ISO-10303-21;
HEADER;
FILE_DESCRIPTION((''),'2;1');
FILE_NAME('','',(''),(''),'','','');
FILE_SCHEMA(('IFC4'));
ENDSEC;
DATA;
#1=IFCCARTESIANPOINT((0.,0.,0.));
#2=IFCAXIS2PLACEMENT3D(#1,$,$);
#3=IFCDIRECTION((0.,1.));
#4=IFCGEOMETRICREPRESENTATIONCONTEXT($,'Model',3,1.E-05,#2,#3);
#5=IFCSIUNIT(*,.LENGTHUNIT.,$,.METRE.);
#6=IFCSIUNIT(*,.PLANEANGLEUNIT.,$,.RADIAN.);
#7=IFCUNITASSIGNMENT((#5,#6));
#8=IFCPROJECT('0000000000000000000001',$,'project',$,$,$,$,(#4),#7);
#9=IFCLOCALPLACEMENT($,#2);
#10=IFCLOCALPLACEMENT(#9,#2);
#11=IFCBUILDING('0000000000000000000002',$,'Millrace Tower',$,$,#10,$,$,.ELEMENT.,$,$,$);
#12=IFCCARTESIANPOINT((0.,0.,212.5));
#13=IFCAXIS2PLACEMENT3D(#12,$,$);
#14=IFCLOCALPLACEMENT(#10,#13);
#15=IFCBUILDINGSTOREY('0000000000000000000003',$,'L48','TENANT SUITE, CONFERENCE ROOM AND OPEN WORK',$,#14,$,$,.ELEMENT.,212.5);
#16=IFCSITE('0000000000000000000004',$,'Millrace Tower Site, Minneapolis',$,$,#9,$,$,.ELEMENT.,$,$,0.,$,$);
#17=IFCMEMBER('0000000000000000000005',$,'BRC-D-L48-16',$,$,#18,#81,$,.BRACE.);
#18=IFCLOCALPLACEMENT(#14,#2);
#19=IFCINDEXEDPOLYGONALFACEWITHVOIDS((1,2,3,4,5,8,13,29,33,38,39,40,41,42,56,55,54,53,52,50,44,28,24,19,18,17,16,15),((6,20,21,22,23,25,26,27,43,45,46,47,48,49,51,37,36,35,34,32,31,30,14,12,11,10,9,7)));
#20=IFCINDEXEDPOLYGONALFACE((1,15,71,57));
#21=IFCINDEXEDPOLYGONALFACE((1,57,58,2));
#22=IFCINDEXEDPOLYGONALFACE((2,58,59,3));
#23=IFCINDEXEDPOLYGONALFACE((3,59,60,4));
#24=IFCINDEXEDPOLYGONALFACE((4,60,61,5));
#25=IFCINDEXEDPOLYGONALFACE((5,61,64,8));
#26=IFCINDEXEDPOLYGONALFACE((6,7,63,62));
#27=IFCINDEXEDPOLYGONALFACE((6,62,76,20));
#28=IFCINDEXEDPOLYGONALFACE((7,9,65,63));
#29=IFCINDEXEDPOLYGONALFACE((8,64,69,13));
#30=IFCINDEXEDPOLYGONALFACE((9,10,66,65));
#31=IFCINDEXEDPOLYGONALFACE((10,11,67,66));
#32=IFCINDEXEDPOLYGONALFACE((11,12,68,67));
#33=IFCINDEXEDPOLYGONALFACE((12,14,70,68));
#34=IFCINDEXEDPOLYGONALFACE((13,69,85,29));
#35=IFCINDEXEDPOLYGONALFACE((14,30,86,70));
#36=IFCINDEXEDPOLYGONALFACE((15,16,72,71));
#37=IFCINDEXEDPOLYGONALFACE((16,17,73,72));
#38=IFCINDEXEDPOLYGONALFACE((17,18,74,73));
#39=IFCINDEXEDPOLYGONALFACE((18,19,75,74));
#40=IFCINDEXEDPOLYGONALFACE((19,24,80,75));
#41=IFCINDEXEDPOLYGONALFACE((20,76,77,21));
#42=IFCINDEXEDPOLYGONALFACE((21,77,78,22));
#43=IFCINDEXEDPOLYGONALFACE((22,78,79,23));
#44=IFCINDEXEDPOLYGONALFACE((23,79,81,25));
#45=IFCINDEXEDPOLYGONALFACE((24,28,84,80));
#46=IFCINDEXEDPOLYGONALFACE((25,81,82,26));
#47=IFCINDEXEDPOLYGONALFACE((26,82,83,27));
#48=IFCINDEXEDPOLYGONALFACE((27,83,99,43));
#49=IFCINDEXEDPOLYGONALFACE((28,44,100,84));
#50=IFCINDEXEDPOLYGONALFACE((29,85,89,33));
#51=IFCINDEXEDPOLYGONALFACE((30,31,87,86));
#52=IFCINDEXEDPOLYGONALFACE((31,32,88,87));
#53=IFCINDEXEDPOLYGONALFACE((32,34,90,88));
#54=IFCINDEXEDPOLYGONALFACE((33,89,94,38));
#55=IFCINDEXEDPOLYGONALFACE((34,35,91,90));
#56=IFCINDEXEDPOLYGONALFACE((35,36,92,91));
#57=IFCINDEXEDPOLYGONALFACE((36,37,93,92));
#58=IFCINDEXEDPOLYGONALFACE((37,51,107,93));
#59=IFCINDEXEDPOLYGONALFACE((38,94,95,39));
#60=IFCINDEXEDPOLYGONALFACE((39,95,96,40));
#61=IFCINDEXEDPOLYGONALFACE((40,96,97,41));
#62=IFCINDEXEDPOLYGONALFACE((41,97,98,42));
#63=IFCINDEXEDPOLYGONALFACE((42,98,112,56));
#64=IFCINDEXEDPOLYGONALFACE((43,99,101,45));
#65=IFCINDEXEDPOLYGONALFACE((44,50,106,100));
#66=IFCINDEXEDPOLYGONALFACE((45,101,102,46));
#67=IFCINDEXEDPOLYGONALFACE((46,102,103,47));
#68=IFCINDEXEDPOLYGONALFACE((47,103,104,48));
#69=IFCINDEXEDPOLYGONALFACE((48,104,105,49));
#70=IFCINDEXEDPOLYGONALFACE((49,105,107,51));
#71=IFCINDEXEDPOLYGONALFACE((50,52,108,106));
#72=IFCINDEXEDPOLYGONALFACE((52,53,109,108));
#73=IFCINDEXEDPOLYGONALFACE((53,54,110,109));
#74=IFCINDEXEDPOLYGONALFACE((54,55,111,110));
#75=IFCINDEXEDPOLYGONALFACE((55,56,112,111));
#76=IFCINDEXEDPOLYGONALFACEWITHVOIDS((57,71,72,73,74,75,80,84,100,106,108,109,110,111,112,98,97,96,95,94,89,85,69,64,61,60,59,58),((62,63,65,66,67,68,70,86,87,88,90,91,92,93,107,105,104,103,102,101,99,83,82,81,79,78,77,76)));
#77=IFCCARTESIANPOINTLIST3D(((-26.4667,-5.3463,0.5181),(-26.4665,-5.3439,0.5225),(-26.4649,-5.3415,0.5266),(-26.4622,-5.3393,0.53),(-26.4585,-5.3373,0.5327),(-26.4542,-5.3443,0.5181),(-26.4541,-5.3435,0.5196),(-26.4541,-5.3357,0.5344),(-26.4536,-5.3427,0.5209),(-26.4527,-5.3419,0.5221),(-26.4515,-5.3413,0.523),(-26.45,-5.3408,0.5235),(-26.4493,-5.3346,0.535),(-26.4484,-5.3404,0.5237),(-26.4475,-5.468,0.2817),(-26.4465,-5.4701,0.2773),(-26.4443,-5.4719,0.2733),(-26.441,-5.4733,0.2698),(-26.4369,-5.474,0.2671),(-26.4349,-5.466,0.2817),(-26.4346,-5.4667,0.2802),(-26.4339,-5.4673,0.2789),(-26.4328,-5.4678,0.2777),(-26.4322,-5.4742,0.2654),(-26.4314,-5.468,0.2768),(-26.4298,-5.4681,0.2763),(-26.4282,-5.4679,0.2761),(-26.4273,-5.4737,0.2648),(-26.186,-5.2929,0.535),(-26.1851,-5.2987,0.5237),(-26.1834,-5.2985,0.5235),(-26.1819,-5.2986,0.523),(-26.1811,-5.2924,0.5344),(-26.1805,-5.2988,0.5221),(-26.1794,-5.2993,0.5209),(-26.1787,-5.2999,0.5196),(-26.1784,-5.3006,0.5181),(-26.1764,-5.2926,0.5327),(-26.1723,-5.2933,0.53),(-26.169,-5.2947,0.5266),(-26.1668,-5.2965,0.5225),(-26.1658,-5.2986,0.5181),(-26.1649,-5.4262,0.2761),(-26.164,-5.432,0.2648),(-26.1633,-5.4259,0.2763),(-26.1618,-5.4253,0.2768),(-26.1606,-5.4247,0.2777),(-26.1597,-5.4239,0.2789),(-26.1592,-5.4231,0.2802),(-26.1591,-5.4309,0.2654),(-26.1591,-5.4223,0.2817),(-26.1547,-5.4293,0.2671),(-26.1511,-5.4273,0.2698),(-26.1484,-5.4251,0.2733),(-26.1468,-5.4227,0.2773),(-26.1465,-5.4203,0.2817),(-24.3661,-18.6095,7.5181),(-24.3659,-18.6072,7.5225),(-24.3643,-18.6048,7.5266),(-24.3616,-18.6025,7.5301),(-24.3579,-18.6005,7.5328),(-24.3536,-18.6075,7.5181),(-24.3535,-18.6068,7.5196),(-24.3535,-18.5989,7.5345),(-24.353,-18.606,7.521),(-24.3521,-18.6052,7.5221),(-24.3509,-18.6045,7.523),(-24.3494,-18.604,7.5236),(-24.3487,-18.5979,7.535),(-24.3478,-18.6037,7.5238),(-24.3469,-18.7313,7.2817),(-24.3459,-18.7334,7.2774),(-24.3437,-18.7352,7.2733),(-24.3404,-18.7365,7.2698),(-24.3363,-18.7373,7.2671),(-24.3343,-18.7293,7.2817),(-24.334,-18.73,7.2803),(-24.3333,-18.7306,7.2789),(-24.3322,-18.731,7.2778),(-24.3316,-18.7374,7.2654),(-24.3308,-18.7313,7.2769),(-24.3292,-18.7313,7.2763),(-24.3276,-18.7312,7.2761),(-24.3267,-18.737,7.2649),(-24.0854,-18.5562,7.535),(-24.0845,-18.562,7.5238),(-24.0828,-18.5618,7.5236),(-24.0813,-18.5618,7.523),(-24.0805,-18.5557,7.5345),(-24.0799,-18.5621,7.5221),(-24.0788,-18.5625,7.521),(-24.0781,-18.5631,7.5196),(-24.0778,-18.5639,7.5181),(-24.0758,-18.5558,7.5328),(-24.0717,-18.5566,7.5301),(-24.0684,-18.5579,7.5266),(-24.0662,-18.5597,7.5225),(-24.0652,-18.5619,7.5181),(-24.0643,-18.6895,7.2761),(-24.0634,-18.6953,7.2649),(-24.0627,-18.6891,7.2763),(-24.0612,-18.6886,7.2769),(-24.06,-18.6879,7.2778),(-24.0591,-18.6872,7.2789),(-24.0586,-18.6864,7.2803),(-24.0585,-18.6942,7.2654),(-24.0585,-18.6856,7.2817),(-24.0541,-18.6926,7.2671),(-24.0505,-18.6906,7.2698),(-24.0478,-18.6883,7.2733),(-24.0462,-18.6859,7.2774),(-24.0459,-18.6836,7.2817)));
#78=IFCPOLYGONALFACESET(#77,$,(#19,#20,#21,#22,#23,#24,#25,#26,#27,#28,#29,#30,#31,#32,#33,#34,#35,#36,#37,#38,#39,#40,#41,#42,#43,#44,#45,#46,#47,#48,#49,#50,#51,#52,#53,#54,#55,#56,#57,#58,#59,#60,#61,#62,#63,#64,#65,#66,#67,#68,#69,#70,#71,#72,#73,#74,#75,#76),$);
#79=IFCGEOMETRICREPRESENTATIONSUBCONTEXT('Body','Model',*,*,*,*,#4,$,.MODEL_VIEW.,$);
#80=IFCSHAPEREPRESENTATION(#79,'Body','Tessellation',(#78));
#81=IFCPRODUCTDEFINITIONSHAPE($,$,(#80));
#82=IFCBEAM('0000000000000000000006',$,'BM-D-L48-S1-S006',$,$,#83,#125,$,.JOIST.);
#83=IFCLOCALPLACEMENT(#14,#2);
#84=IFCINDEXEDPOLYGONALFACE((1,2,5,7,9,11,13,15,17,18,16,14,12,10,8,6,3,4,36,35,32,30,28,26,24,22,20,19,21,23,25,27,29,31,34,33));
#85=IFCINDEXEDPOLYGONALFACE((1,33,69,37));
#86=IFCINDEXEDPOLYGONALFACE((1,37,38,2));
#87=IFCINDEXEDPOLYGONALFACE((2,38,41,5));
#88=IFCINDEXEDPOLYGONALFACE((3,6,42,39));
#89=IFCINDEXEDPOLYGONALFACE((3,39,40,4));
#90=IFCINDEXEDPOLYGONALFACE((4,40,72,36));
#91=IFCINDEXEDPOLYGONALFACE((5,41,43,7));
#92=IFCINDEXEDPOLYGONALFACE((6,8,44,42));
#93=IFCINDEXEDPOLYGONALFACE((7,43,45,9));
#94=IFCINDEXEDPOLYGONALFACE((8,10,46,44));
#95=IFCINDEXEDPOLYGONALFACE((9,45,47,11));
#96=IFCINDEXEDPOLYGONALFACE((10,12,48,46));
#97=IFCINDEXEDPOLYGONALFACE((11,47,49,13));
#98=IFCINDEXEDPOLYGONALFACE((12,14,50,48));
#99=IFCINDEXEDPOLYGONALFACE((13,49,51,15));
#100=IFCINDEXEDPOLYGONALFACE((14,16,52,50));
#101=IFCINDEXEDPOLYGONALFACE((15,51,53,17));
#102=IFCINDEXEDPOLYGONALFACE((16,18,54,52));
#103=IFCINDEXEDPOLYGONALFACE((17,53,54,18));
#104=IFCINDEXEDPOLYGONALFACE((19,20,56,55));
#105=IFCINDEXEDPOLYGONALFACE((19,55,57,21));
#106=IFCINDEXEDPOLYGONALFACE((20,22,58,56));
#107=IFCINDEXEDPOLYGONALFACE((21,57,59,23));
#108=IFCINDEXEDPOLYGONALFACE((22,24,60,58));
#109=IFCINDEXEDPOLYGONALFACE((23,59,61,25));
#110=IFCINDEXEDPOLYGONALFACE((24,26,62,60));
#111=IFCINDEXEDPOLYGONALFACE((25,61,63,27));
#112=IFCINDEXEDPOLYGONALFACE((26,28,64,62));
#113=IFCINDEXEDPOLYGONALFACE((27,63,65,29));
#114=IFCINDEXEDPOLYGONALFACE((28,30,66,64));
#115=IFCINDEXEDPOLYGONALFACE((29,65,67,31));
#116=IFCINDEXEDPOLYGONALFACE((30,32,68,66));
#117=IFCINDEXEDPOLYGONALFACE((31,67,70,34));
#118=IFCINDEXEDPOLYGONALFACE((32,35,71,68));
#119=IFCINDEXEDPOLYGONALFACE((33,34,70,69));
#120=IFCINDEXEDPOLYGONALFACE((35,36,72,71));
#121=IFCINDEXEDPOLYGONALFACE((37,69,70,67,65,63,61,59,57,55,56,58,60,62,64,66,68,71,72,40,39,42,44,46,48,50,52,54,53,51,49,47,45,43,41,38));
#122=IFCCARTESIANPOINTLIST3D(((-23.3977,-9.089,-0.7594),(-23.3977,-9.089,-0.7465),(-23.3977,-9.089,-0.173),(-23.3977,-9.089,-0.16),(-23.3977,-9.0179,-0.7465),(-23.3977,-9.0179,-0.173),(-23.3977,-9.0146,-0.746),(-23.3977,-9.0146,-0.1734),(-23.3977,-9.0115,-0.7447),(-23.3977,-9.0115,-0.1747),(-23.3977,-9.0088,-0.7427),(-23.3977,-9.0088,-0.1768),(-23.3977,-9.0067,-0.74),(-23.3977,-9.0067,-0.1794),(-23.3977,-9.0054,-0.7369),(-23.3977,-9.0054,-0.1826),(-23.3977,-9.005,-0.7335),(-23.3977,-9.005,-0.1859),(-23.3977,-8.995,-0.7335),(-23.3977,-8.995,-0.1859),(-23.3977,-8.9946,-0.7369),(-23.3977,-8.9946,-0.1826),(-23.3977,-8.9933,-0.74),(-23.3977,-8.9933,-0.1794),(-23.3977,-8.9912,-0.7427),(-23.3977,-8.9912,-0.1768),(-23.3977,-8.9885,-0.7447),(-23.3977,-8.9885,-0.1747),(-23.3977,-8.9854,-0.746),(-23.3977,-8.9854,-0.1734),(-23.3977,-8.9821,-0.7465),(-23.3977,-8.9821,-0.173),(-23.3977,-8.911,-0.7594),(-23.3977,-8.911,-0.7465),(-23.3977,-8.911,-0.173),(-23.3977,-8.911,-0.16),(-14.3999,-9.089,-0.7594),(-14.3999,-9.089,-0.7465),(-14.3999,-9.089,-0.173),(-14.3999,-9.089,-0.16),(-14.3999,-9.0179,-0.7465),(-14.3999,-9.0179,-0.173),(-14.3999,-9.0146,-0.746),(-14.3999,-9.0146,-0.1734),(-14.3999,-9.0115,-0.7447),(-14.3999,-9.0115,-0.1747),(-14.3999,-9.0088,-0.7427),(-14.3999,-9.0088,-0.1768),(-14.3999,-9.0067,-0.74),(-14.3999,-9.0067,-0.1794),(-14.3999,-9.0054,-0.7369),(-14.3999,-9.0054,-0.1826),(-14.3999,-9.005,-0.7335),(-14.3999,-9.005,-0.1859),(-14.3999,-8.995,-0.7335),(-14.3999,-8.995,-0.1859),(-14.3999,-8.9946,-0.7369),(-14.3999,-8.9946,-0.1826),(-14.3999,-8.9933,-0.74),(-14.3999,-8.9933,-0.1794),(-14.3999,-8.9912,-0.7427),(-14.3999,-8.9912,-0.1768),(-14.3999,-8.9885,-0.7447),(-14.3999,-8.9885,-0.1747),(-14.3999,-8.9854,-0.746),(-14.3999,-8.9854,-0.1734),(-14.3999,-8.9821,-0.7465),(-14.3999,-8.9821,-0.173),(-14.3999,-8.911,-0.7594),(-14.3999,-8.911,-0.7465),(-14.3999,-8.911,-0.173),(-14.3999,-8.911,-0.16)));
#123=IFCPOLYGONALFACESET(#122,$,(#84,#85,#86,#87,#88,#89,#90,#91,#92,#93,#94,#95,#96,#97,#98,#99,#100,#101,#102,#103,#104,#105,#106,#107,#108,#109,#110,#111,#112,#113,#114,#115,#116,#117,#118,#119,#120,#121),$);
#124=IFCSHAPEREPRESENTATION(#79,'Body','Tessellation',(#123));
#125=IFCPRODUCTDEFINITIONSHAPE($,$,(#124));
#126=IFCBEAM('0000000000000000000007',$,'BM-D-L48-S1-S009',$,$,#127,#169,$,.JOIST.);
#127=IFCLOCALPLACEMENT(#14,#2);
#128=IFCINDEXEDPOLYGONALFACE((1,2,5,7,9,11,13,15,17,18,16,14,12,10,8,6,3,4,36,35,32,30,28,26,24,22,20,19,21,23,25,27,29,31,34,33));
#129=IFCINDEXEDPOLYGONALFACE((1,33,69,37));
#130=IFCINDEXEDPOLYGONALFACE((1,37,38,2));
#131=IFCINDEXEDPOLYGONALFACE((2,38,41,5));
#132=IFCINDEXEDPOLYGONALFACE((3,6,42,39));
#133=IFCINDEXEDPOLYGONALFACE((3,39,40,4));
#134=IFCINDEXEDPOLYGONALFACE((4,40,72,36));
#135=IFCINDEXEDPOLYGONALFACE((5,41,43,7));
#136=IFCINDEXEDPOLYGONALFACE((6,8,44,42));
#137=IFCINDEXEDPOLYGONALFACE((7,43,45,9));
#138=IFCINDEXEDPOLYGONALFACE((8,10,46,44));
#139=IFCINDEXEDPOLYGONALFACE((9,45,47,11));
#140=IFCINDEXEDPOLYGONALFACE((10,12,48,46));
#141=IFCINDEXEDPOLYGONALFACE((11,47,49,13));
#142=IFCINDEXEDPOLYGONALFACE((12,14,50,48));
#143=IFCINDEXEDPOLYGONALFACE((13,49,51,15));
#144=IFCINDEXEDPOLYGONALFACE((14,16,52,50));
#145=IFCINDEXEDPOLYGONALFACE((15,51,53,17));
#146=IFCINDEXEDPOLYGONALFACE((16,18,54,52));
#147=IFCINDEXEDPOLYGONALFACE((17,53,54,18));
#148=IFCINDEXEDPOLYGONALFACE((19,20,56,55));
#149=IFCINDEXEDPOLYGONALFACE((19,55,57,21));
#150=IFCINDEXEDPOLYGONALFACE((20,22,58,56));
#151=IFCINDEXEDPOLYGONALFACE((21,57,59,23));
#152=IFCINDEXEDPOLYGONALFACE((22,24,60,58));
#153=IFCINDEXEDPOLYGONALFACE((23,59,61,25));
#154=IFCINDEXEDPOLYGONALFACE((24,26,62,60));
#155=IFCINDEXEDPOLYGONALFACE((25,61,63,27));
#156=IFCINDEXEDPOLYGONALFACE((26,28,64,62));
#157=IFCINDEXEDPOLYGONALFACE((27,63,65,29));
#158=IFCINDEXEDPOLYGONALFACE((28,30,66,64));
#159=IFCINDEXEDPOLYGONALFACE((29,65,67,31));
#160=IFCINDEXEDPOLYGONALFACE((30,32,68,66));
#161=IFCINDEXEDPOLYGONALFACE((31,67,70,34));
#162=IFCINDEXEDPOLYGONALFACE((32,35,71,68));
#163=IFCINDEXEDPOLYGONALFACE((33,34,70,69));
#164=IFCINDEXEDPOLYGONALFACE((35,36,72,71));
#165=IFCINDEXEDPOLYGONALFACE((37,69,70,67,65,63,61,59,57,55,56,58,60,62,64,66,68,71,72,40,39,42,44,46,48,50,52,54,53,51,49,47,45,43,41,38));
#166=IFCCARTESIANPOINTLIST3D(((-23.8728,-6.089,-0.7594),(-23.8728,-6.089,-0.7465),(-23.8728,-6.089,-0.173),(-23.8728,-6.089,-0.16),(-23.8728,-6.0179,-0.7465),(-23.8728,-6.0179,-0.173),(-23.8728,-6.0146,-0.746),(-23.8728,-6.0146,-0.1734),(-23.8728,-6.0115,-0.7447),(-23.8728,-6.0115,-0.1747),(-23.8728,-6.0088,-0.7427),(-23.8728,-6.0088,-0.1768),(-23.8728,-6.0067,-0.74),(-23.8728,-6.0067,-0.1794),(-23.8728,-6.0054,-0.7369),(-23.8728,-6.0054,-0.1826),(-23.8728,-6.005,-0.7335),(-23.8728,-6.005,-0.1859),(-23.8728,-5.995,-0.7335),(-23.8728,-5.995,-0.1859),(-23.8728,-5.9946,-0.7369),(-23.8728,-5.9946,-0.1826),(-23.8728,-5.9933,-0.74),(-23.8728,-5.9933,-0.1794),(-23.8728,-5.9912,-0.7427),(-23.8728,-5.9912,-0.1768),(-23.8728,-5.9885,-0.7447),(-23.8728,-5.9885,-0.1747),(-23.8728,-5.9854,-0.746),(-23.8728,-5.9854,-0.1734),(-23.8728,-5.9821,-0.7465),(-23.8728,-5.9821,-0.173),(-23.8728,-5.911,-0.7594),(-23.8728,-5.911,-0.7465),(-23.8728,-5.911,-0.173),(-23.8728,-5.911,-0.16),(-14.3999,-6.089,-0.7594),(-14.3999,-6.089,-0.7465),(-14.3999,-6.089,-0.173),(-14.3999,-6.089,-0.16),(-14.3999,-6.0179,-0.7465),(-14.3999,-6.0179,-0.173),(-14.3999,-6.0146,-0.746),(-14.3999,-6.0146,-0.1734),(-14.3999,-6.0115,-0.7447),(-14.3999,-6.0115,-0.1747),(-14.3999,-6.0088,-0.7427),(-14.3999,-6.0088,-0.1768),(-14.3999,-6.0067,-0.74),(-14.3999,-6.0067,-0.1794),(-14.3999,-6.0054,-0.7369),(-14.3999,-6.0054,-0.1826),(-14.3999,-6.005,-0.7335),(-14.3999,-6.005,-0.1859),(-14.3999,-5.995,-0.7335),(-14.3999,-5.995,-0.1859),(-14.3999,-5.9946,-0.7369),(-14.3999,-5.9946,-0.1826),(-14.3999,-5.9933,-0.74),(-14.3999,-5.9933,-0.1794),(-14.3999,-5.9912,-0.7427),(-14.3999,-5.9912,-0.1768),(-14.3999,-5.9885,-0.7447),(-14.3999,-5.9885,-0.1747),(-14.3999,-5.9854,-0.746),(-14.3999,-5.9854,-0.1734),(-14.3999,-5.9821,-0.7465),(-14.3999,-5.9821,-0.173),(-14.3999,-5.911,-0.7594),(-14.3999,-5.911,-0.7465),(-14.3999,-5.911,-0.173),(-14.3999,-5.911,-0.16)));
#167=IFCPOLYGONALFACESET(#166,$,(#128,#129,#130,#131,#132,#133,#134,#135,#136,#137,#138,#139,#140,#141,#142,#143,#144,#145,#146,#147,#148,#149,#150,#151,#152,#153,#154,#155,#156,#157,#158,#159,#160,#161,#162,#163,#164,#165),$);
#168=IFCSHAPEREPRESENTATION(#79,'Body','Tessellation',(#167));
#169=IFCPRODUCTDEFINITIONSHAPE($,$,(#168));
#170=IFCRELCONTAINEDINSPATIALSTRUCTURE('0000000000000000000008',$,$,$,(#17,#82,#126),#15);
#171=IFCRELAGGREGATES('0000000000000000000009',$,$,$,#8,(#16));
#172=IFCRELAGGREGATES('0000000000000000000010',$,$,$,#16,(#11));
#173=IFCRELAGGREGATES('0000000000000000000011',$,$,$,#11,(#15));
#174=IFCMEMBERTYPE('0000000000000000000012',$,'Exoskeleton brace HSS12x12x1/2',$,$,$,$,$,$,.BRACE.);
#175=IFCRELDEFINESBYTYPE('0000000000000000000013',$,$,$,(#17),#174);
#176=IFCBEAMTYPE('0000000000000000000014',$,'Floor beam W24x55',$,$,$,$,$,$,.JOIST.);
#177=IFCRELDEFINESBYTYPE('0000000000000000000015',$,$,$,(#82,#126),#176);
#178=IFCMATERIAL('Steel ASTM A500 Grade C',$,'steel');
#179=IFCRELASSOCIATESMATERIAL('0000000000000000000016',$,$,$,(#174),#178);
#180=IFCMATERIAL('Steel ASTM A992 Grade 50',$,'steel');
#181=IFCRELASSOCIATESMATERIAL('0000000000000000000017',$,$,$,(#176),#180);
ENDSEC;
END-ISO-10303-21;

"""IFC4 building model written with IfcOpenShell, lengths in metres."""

from ifc_helpers import new_model, si_unit, direction, frame, origin, origin_2d, place, context, subcontext, project, spatial, hollow_rectangle, i_section, extrude, material, material_profile, profile_set, type_object, element, save


model = new_model("IFC4")

# Units and contexts
model_context = context("Model", 3, precision=1e-05, world=origin(), true_north=direction((0.0, 1.0)))
body_context = subcontext(model_context, "Body", "Model", "MODEL_VIEW")
ifc_project = project(units=[si_unit("LENGTHUNIT", "METRE"), si_unit("PLANEANGLEUNIT", "RADIAN")], contexts=[model_context])

# Site, building, storey
site_placement = place(None, origin())
site = spatial("IfcSite", under=ifc_project, at=site_placement, Name="Millrace Tower Site, Minneapolis", CompositionType="ELEMENT", RefElevation=0.0)
building_placement = place(site_placement, origin())
building = spatial("IfcBuilding", under=site, at=building_placement, Name="Millrace Tower", CompositionType="ELEMENT")
storey_placement = place(building_placement, frame((0.0, 0.0, 212.5)))
storey = spatial("IfcBuildingStorey", under=building, at=storey_placement, Name="L48", Description="TENANT SUITE, CONFERENCE ROOM AND OPEN WORK", CompositionType="ELEMENT", Elevation=212.5)

# Member
ifc_material_1 = material(Name="Steel ASTM A500 Grade C", Category="steel")
ifc_material_profile_1 = material_profile(ifc_material_1, hollow_rectangle(XDim=0.3047, YDim=0.3047, WallThickness=0.0127, InnerFilletRadius=0.0063, OuterFilletRadius=0.019, at=origin_2d()))
ifc_profile_set_1 = profile_set([ifc_material_profile_1], Name="Steel ASTM A500 Grade C")
member_type_1 = type_object("IfcMemberType", Name="Exoskeleton brace HSS12x12x1/2", PredefinedType="BRACE", material=ifc_profile_set_1)
member_1_placement = place(storey_placement, frame((-26.3066, -5.3833, 0.3999), z_axis=(0.138712, -0.875836, 0.462246), x_axis=(0.987689, 0.156427, 0.0)))
element("IfcMember", 1, at=member_1_placement, inside=storey, type_object=member_type_1, Name="BRC-D-L48-16", PredefinedType="BRACE", context=body_context, shape_type="SweptSolid", body=[
    extrude(hollow_rectangle(XDim=0.3047, YDim=0.3047, WallThickness=0.0127, InnerFilletRadius=0.0063, OuterFilletRadius=0.019, at=origin_2d()), origin(), (0.0, 0.0, 1.0), 15.1436),
])

# Beams
ifc_material_2 = material(Name="Steel ASTM A992 Grade 50", Category="steel")
ifc_material_profile_2 = material_profile(ifc_material_2, i_section(OverallWidth=0.178, OverallDepth=0.5994, WebThickness=0.01, FlangeThickness=0.0129, FilletRadius=0.0129, at=origin_2d()))
ifc_profile_set_2 = profile_set([ifc_material_profile_2], Name="Steel ASTM A992 Grade 50")
beam_type_1 = type_object("IfcBeamType", Name="Floor beam W24x55", PredefinedType="JOIST", material=ifc_profile_set_2)
beam_1_placement = place(storey_placement, frame((-23.3977, -9.0, -0.4597), z_axis=(1.0, 0.0, 0.0), x_axis=(0.0, 1.0, 0.0)))
element("IfcBeam", 2, at=beam_1_placement, inside=storey, type_object=beam_type_1, Name="BM-D-L48-S1-S006", PredefinedType="JOIST", context=body_context, shape_type="SweptSolid", body=[
    extrude(i_section(OverallWidth=0.178, OverallDepth=0.5994, WebThickness=0.01, FlangeThickness=0.0129, FilletRadius=0.0129, at=origin_2d()), origin(), (0.0, 0.0, 1.0), 8.9978),
])
beam_2_placement = place(storey_placement, frame((-23.8728, -6.0, -0.4597), z_axis=(1.0, 0.0, 0.0), x_axis=(0.0, 1.0, 0.0)))
element("IfcBeam", 3, at=beam_2_placement, inside=storey, type_object=beam_type_1, Name="BM-D-L48-S1-S009", PredefinedType="JOIST", context=body_context, shape_type="SweptSolid", body=[
    extrude(i_section(OverallWidth=0.178, OverallDepth=0.5994, WebThickness=0.01, FlangeThickness=0.0129, FilletRadius=0.0129, at=origin_2d()), origin(), (0.0, 0.0, 1.0), 9.4729),
])

save(model, "model.ifc")
